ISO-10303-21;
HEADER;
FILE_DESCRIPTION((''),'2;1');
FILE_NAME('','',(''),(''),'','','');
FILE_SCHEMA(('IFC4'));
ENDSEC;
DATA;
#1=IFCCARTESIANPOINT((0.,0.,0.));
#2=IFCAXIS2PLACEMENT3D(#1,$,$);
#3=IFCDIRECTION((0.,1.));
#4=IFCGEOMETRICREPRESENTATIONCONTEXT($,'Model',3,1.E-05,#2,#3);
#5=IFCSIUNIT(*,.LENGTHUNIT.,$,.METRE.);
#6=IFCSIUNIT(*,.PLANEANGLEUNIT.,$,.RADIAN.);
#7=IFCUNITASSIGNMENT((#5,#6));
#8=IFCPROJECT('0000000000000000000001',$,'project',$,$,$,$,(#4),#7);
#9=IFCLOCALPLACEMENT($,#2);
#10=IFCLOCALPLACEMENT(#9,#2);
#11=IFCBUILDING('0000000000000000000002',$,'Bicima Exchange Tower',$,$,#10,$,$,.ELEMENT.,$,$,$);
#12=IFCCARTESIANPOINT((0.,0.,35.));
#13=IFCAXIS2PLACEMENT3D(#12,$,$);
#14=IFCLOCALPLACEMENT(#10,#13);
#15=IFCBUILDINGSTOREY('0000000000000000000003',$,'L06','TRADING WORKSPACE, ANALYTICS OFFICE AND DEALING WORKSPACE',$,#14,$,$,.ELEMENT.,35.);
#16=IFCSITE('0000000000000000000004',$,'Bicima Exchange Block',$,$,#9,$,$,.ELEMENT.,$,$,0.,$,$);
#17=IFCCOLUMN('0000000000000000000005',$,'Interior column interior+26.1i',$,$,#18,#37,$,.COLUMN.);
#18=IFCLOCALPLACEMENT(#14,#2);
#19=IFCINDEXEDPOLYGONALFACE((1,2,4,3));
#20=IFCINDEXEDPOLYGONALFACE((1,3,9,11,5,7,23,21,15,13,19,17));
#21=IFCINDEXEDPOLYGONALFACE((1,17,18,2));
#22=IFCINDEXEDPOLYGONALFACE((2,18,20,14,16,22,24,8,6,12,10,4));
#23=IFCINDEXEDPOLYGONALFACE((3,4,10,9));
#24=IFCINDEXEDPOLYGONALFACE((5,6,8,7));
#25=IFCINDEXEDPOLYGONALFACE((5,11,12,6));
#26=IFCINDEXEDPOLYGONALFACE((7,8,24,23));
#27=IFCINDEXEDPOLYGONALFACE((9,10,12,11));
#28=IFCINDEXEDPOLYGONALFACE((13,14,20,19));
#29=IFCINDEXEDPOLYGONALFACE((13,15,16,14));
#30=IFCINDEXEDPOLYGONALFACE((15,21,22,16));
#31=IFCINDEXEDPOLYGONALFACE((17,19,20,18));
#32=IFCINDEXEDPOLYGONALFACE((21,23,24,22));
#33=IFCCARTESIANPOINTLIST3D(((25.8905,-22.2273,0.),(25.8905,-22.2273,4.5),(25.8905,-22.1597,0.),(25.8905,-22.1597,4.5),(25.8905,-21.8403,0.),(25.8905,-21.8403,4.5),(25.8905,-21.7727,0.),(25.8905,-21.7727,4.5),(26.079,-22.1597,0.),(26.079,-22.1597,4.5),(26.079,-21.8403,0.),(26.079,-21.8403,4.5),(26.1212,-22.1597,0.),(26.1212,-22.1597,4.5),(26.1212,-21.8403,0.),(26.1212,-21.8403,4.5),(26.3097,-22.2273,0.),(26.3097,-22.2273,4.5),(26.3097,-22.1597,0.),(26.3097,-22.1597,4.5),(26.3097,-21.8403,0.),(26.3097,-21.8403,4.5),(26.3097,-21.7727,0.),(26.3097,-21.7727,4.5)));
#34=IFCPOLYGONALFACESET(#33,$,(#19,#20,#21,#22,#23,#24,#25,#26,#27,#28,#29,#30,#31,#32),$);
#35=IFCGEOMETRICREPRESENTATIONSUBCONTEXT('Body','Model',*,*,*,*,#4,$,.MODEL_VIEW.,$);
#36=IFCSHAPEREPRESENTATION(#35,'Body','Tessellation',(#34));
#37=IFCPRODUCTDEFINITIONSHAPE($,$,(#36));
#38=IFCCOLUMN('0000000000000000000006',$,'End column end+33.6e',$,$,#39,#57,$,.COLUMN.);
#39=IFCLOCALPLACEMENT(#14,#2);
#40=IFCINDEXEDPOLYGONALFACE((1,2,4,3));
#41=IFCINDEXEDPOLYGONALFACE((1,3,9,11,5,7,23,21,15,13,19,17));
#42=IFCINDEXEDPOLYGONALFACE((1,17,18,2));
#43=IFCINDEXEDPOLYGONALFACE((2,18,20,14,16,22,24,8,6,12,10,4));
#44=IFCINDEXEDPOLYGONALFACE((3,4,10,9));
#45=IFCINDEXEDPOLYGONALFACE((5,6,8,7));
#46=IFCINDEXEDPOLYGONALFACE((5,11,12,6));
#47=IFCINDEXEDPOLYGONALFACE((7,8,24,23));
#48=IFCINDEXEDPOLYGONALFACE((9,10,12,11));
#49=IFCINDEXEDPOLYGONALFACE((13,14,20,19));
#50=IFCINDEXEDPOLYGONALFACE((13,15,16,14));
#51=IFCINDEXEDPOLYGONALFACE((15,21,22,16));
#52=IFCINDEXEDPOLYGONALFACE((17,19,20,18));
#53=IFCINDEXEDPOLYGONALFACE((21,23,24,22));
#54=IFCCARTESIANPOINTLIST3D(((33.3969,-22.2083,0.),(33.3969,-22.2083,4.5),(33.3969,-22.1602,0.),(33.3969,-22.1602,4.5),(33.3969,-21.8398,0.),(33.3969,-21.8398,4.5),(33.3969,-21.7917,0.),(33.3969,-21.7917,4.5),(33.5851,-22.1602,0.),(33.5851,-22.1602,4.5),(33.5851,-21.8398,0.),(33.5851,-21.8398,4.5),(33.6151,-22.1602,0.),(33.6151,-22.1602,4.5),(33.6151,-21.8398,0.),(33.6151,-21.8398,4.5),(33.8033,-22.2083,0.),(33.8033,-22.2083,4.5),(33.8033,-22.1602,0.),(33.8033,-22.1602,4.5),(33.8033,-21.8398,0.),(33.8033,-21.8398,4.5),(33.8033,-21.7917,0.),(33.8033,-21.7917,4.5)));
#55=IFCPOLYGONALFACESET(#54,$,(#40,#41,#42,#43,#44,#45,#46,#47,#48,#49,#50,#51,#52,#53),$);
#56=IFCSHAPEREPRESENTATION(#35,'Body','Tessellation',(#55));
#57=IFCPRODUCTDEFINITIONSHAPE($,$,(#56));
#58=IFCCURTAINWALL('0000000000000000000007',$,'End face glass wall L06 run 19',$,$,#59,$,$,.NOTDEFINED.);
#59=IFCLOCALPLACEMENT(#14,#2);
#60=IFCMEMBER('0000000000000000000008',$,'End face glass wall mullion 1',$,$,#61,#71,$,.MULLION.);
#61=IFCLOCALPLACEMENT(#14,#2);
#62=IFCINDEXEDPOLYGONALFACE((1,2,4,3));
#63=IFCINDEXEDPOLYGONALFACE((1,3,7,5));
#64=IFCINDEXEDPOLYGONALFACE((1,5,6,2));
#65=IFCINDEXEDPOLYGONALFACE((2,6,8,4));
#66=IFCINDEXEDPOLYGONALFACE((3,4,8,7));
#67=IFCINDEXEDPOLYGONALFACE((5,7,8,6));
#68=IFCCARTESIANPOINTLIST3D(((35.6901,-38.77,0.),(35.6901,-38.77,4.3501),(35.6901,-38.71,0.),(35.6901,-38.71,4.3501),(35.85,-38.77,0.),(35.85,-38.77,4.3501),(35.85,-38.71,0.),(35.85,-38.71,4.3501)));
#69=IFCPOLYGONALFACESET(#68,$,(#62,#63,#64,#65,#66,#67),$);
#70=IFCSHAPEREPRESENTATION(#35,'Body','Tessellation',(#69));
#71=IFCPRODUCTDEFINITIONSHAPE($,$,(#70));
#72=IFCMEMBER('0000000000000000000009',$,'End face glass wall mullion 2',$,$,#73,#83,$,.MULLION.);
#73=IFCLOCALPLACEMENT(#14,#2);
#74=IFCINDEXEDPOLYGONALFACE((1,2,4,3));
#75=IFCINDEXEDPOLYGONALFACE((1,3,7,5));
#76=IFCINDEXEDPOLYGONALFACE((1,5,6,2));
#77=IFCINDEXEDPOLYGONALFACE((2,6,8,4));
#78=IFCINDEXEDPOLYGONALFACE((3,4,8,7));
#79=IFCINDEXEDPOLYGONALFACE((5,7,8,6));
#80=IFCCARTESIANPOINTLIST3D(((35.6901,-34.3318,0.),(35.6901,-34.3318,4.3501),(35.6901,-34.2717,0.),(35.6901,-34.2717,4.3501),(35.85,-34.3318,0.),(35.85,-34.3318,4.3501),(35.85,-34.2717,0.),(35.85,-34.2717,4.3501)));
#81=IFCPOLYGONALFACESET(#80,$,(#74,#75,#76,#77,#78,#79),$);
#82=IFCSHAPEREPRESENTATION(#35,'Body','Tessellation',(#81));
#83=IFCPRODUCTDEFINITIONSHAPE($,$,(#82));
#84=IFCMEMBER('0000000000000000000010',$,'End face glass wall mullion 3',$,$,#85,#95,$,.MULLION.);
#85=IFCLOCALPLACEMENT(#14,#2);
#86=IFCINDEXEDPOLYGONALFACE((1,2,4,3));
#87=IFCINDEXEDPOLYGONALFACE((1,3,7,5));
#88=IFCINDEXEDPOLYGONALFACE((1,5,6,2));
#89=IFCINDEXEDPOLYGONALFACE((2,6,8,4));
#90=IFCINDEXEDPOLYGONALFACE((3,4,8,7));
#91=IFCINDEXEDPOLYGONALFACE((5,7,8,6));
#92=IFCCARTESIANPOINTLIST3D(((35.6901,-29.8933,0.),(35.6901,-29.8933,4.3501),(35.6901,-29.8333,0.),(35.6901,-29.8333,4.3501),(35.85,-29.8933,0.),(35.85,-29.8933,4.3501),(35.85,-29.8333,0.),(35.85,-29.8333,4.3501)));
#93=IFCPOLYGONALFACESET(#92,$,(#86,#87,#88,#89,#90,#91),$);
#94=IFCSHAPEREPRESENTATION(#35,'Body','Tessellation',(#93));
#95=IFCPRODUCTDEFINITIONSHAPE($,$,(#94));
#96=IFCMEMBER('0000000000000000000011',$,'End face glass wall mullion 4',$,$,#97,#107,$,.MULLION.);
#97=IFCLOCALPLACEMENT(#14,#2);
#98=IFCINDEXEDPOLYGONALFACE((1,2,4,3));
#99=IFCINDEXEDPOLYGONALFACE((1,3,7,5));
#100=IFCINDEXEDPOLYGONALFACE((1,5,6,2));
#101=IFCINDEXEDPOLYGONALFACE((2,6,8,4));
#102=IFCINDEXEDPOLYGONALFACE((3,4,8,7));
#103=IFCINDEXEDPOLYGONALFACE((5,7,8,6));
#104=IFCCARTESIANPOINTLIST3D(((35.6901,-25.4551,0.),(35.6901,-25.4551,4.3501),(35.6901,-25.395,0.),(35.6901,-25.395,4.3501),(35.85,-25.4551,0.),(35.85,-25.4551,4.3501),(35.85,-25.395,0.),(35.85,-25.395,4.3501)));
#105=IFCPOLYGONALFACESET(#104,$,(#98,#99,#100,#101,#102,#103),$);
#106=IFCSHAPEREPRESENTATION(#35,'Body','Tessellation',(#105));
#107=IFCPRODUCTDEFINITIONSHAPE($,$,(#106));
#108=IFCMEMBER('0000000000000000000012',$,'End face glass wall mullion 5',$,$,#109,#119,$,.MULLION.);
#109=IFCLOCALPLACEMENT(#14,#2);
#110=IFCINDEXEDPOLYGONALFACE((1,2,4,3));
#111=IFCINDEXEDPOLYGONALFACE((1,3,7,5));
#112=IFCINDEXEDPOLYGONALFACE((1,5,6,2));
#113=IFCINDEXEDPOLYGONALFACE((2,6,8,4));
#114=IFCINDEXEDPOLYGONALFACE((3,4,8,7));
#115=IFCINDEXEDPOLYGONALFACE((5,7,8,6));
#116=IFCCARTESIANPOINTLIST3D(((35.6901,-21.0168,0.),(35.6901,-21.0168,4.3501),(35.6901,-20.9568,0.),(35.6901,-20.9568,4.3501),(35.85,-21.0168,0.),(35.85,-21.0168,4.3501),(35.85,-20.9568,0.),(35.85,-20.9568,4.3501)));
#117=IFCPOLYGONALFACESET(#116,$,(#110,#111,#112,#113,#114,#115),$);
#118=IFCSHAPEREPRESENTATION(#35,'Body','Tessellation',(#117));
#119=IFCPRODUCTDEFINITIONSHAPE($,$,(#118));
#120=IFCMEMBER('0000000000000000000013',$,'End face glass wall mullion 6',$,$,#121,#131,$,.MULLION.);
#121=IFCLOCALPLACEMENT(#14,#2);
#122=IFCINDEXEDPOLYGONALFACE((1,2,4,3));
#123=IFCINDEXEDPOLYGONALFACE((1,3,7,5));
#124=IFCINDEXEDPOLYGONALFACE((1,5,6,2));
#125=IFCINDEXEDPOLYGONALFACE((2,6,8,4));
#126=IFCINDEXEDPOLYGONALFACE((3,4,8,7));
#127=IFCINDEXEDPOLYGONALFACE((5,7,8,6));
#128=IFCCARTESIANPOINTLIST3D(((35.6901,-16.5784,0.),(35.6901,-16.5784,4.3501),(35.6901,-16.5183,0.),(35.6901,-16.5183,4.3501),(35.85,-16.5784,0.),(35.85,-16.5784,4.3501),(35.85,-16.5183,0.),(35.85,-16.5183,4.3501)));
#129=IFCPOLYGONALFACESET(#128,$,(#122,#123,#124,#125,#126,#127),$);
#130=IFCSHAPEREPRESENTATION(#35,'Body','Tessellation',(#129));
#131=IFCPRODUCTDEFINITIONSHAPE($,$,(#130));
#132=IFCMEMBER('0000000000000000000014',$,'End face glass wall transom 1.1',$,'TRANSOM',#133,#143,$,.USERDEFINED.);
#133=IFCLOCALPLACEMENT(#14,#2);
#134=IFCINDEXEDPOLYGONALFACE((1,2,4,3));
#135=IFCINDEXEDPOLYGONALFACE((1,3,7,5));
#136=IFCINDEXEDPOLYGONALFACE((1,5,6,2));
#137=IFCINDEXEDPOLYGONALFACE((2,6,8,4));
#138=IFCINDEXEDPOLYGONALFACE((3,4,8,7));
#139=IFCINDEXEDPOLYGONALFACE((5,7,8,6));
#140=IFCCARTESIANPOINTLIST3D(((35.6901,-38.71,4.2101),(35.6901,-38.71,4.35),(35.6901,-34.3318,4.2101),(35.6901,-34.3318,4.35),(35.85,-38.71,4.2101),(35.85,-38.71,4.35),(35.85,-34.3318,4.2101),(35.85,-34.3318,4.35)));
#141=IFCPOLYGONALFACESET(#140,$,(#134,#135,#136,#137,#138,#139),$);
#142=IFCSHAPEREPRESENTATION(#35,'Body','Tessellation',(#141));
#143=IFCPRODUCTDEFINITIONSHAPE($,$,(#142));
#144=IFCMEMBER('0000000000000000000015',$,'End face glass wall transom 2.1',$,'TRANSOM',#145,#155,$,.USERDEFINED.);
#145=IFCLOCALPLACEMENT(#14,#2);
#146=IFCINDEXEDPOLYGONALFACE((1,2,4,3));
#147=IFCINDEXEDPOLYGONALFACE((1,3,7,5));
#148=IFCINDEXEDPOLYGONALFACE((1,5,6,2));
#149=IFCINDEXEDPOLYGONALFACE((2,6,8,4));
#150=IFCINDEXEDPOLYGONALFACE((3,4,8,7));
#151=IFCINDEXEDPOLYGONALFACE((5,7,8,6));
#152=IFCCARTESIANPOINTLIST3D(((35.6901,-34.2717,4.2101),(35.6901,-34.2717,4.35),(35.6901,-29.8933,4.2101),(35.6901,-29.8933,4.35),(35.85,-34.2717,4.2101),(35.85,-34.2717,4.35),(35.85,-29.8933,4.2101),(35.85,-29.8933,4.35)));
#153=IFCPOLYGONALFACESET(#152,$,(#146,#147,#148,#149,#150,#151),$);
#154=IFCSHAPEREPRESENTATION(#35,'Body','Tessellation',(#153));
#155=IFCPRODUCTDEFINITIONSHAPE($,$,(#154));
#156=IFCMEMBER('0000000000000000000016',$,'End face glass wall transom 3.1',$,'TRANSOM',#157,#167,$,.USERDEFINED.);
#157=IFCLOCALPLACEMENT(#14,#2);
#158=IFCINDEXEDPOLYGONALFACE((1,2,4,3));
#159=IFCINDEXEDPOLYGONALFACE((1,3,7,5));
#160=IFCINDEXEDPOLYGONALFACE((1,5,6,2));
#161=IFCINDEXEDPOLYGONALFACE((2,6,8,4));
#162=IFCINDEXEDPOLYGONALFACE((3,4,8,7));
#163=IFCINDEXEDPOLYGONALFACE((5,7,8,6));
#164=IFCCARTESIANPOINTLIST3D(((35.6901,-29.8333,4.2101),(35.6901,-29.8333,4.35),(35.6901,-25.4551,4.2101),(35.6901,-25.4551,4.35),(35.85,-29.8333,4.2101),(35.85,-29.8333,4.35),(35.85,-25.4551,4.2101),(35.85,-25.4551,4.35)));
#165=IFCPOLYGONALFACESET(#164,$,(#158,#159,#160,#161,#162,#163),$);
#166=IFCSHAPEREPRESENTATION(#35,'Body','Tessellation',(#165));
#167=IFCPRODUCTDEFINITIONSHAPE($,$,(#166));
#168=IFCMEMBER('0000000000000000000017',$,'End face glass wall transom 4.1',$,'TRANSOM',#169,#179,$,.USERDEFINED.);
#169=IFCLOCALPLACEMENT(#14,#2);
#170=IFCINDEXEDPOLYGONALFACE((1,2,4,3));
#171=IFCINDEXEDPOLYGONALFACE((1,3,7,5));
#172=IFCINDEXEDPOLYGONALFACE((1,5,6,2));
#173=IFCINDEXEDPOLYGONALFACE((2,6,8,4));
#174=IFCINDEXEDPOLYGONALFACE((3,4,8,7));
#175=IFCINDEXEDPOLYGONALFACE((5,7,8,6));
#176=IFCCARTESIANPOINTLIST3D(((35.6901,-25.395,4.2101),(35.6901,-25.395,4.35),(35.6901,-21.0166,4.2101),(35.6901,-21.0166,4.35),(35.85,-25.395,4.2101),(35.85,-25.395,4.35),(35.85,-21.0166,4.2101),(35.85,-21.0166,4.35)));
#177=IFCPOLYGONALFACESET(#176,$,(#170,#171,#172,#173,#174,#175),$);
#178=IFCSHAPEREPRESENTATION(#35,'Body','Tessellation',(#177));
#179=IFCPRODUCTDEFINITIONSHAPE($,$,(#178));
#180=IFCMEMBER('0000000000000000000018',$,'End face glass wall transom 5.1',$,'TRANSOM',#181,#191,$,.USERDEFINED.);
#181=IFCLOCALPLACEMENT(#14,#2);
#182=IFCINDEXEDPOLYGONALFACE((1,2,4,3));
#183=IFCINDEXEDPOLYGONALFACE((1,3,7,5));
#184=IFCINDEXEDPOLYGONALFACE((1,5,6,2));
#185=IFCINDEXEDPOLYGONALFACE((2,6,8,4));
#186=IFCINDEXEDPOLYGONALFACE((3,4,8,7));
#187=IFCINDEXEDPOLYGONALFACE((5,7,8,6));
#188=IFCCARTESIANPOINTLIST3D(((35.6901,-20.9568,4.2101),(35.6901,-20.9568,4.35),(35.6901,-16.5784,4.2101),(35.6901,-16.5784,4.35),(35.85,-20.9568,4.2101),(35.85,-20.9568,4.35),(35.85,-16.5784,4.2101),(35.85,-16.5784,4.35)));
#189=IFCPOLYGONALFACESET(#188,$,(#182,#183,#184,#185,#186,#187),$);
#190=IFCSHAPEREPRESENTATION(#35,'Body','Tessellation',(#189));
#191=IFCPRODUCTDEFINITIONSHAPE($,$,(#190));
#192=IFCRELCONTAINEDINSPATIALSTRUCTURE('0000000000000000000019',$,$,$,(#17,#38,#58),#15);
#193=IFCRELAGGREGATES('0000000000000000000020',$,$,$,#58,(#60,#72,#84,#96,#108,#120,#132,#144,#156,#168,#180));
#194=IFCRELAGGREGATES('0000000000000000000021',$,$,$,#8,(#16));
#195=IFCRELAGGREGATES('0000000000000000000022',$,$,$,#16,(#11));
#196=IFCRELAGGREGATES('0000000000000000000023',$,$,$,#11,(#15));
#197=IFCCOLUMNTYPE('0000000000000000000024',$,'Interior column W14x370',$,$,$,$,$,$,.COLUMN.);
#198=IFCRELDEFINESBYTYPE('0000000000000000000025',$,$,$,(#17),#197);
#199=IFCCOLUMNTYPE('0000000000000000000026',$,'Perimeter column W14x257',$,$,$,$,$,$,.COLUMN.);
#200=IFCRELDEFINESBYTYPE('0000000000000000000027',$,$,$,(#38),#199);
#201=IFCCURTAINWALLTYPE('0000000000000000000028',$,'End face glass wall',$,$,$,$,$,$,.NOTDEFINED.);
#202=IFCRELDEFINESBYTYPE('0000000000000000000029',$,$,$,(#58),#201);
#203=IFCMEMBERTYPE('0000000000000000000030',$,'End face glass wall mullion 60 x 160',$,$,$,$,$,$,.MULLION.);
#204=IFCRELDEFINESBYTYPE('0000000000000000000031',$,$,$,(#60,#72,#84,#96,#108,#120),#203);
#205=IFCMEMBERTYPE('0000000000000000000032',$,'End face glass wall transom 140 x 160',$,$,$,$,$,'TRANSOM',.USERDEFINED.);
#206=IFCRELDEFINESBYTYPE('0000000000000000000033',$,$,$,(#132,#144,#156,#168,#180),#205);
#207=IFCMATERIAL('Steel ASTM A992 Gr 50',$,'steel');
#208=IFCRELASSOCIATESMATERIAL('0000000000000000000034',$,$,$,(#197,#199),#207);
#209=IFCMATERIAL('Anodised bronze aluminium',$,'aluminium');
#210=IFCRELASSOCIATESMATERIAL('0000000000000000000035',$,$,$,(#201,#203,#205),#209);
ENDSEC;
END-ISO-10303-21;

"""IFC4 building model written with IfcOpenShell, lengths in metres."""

from ifc_helpers import new_model, si_unit, direction, frame, origin, origin_2d, place, context, subcontext, project, spatial, rectangle, i_section, extrude, material, material_profile, profile_set, type_object, element, aggregate, save


model = new_model("IFC4")

# Units and contexts
model_context = context("Model", 3, precision=1e-05, world=origin(), true_north=direction((0.0, 1.0)))
body_context = subcontext(model_context, "Body", "Model", "MODEL_VIEW")
ifc_project = project(units=[si_unit("LENGTHUNIT", "METRE"), si_unit("PLANEANGLEUNIT", "RADIAN")], contexts=[model_context])

# Site, building, storey
site_placement = place(None, origin())
site = spatial("IfcSite", under=ifc_project, at=site_placement, Name="Bicima Exchange Block", CompositionType="ELEMENT", RefElevation=0.0)
building_placement = place(site_placement, origin())
building = spatial("IfcBuilding", under=site, at=building_placement, Name="Bicima Exchange Tower", CompositionType="ELEMENT")
storey_placement = place(building_placement, frame((0.0, 0.0, 35.0)))
storey = spatial("IfcBuildingStorey", under=building, at=storey_placement, Name="L06", Description="TRADING WORKSPACE, ANALYTICS OFFICE AND DEALING WORKSPACE", CompositionType="ELEMENT", Elevation=35.0)

# Columns
ifc_material_1 = material(Name="Steel ASTM A992 Gr 50", Category="steel")
ifc_material_profile_1 = material_profile(ifc_material_1, i_section(OverallWidth=0.4192, OverallDepth=0.4546, WebThickness=0.0422, FlangeThickness=0.0676, at=origin_2d()))
ifc_profile_set_1 = profile_set([ifc_material_profile_1], Name="Steel ASTM A992 Gr 50")
column_type_1 = type_object("IfcColumnType", Name="Interior column W14x370", PredefinedType="COLUMN", material=ifc_profile_set_1)
column_1_placement = place(storey_placement, frame((26.1001, -22.0, 0.0), z_axis=(0.0, 0.0, 1.0), x_axis=(1.0, 0.0, 0.0)))
element("IfcColumn", 1, at=column_1_placement, inside=storey, type_object=column_type_1, Name="Interior column interior+26.1i", PredefinedType="COLUMN", context=body_context, shape_type="SweptSolid", body=[
    extrude(i_section(OverallWidth=0.4192, OverallDepth=0.4546, WebThickness=0.0422, FlangeThickness=0.0676, at=origin_2d()), origin(), (0.0, 0.0, 1.0), 4.5),
])
ifc_material_profile_2 = material_profile(ifc_material_1, i_section(OverallWidth=0.4065, OverallDepth=0.4165, WebThickness=0.03, FlangeThickness=0.0481, at=origin_2d()))
ifc_profile_set_2 = profile_set([ifc_material_profile_2], Name="Steel ASTM A992 Gr 50")
column_type_2 = type_object("IfcColumnType", Name="Perimeter column W14x257", PredefinedType="COLUMN", material=ifc_profile_set_2)
column_2_placement = place(storey_placement, frame((33.6001, -22.0, 0.0), z_axis=(0.0, 0.0, 1.0), x_axis=(1.0, 0.0, 0.0)))
element("IfcColumn", 2, at=column_2_placement, inside=storey, type_object=column_type_2, Name="End column end+33.6e", PredefinedType="COLUMN", context=body_context, shape_type="SweptSolid", body=[
    extrude(i_section(OverallWidth=0.4065, OverallDepth=0.4165, WebThickness=0.03, FlangeThickness=0.0481, at=origin_2d()), origin(), (0.0, 0.0, 1.0), 4.5),
])

# Curtain wall, members
ifc_material_2 = material(Name="Anodised bronze aluminium", Category="aluminium")
curtain_wall_type_1 = type_object("IfcCurtainWallType", Name="End face glass wall", PredefinedType="NOTDEFINED", material=ifc_material_2)
curtain_wall_1_placement = place(storey_placement, origin())
curtain_wall_1 = element("IfcCurtainWall", 3, at=curtain_wall_1_placement, inside=storey, type_object=curtain_wall_type_1, Name="End face glass wall L06 run 19", PredefinedType="NOTDEFINED")
ifc_material_profile_3 = material_profile(ifc_material_2, rectangle(XDim=0.1599, YDim=0.0601, at=origin_2d()))
ifc_profile_set_3 = profile_set([ifc_material_profile_3], Name="Anodised bronze aluminium")
member_type_1 = type_object("IfcMemberType", Name="End face glass wall mullion 60 x 160", PredefinedType="MULLION", material=ifc_profile_set_3)
member_1_placement = place(storey_placement, frame((35.77, -38.74, 0.0), z_axis=(0.0, 0.0, 1.0), x_axis=(-1.0, 0.0, 0.0)))
member_1 = element("IfcMember", 4, at=member_1_placement, type_object=member_type_1, Name="End face glass wall mullion 1", PredefinedType="MULLION", context=body_context, shape_type="SweptSolid", body=[
    extrude(rectangle(XDim=0.1599, YDim=0.0601, at=origin_2d()), origin(), (0.0, 0.0, 1.0), 4.3501),
])
member_2_placement = place(storey_placement, frame((35.77, -34.3018, 0.0), z_axis=(0.0, 0.0, 1.0), x_axis=(-1.0, 0.0, 0.0)))
member_2 = element("IfcMember", 5, at=member_2_placement, type_object=member_type_1, Name="End face glass wall mullion 2", PredefinedType="MULLION", context=body_context, shape_type="SweptSolid", body=[
    extrude(rectangle(XDim=0.1599, YDim=0.0601, at=origin_2d()), origin(), (0.0, 0.0, 1.0), 4.3501),
])
member_3_placement = place(storey_placement, frame((35.77, -29.8633, 0.0), z_axis=(0.0, 0.0, 1.0), x_axis=(-1.0, 0.0, 0.0)))
member_3 = element("IfcMember", 6, at=member_3_placement, type_object=member_type_1, Name="End face glass wall mullion 3", PredefinedType="MULLION", context=body_context, shape_type="SweptSolid", body=[
    extrude(rectangle(XDim=0.1599, YDim=0.0601, at=origin_2d()), origin(), (0.0, 0.0, 1.0), 4.3501),
])
member_4_placement = place(storey_placement, frame((35.77, -25.425, 0.0), z_axis=(0.0, 0.0, 1.0), x_axis=(-1.0, 0.0, 0.0)))
member_4 = element("IfcMember", 7, at=member_4_placement, type_object=member_type_1, Name="End face glass wall mullion 4", PredefinedType="MULLION", context=body_context, shape_type="SweptSolid", body=[
    extrude(rectangle(XDim=0.1599, YDim=0.0601, at=origin_2d()), origin(), (0.0, 0.0, 1.0), 4.3501),
])
member_5_placement = place(storey_placement, frame((35.77, -20.9868, 0.0), z_axis=(0.0, 0.0, 1.0), x_axis=(-1.0, 0.0, 0.0)))
member_5 = element("IfcMember", 8, at=member_5_placement, type_object=member_type_1, Name="End face glass wall mullion 5", PredefinedType="MULLION", context=body_context, shape_type="SweptSolid", body=[
    extrude(rectangle(XDim=0.1599, YDim=0.0601, at=origin_2d()), origin(), (0.0, 0.0, 1.0), 4.3501),
])
member_6_placement = place(storey_placement, frame((35.77, -16.5483, 0.0), z_axis=(0.0, 0.0, 1.0), x_axis=(-1.0, 0.0, 0.0)))
member_6 = element("IfcMember", 9, at=member_6_placement, type_object=member_type_1, Name="End face glass wall mullion 6", PredefinedType="MULLION", context=body_context, shape_type="SweptSolid", body=[
    extrude(rectangle(XDim=0.1599, YDim=0.0601, at=origin_2d()), origin(), (0.0, 0.0, 1.0), 4.3501),
])
ifc_material_profile_4 = material_profile(ifc_material_2, rectangle(XDim=0.1599, YDim=0.1399, at=origin_2d()))
ifc_profile_set_4 = profile_set([ifc_material_profile_4], Name="Anodised bronze aluminium")
member_type_2 = type_object("IfcMemberType", Name="End face glass wall transom 140 x 160", ElementType="TRANSOM", PredefinedType="USERDEFINED", material=ifc_profile_set_4)
member_7_placement = place(storey_placement, frame((35.77, -38.71, 4.28), z_axis=(0.0, 1.0, 0.0), x_axis=(-1.0, 0.0, 0.0)))
member_7 = element("IfcMember", 10, at=member_7_placement, type_object=member_type_2, Name="End face glass wall transom 1.1", ObjectType="TRANSOM", PredefinedType="USERDEFINED", context=body_context, shape_type="SweptSolid", body=[
    extrude(rectangle(XDim=0.1599, YDim=0.1399, at=origin_2d()), origin(), (0.0, 0.0, 1.0), 4.3782),
])
member_8_placement = place(storey_placement, frame((35.77, -34.2717, 4.28), z_axis=(0.0, 1.0, 0.0), x_axis=(-1.0, 0.0, 0.0)))
member_8 = element("IfcMember", 11, at=member_8_placement, type_object=member_type_2, Name="End face glass wall transom 2.1", ObjectType="TRANSOM", PredefinedType="USERDEFINED", context=body_context, shape_type="SweptSolid", body=[
    extrude(rectangle(XDim=0.1599, YDim=0.1399, at=origin_2d()), origin(), (0.0, 0.0, 1.0), 4.3784),
])
member_9_placement = place(storey_placement, frame((35.77, -29.8333, 4.28), z_axis=(0.0, 1.0, 0.0), x_axis=(-1.0, 0.0, 0.0)))
member_9 = element("IfcMember", 12, at=member_9_placement, type_object=member_type_2, Name="End face glass wall transom 3.1", ObjectType="TRANSOM", PredefinedType="USERDEFINED", context=body_context, shape_type="SweptSolid", body=[
    extrude(rectangle(XDim=0.1599, YDim=0.1399, at=origin_2d()), origin(), (0.0, 0.0, 1.0), 4.3782),
])
member_10_placement = place(storey_placement, frame((35.77, -25.395, 4.28), z_axis=(0.0, 1.0, 0.0), x_axis=(-1.0, 0.0, 0.0)))
member_10 = element("IfcMember", 13, at=member_10_placement, type_object=member_type_2, Name="End face glass wall transom 4.1", ObjectType="TRANSOM", PredefinedType="USERDEFINED", context=body_context, shape_type="SweptSolid", body=[
    extrude(rectangle(XDim=0.1599, YDim=0.1399, at=origin_2d()), origin(), (0.0, 0.0, 1.0), 4.3784),
])
member_11_placement = place(storey_placement, frame((35.77, -20.9568, 4.28), z_axis=(0.0, 1.0, 0.0), x_axis=(-1.0, 0.0, 0.0)))
member_11 = element("IfcMember", 14, at=member_11_placement, type_object=member_type_2, Name="End face glass wall transom 5.1", ObjectType="TRANSOM", PredefinedType="USERDEFINED", context=body_context, shape_type="SweptSolid", body=[
    extrude(rectangle(XDim=0.1599, YDim=0.1399, at=origin_2d()), origin(), (0.0, 0.0, 1.0), 4.3784),
])

aggregate(curtain_wall_1, [member_1, member_2, member_3, member_4, member_5, member_6, member_7, member_8, member_9, member_10, member_11])

save(model, "model.ifc")
